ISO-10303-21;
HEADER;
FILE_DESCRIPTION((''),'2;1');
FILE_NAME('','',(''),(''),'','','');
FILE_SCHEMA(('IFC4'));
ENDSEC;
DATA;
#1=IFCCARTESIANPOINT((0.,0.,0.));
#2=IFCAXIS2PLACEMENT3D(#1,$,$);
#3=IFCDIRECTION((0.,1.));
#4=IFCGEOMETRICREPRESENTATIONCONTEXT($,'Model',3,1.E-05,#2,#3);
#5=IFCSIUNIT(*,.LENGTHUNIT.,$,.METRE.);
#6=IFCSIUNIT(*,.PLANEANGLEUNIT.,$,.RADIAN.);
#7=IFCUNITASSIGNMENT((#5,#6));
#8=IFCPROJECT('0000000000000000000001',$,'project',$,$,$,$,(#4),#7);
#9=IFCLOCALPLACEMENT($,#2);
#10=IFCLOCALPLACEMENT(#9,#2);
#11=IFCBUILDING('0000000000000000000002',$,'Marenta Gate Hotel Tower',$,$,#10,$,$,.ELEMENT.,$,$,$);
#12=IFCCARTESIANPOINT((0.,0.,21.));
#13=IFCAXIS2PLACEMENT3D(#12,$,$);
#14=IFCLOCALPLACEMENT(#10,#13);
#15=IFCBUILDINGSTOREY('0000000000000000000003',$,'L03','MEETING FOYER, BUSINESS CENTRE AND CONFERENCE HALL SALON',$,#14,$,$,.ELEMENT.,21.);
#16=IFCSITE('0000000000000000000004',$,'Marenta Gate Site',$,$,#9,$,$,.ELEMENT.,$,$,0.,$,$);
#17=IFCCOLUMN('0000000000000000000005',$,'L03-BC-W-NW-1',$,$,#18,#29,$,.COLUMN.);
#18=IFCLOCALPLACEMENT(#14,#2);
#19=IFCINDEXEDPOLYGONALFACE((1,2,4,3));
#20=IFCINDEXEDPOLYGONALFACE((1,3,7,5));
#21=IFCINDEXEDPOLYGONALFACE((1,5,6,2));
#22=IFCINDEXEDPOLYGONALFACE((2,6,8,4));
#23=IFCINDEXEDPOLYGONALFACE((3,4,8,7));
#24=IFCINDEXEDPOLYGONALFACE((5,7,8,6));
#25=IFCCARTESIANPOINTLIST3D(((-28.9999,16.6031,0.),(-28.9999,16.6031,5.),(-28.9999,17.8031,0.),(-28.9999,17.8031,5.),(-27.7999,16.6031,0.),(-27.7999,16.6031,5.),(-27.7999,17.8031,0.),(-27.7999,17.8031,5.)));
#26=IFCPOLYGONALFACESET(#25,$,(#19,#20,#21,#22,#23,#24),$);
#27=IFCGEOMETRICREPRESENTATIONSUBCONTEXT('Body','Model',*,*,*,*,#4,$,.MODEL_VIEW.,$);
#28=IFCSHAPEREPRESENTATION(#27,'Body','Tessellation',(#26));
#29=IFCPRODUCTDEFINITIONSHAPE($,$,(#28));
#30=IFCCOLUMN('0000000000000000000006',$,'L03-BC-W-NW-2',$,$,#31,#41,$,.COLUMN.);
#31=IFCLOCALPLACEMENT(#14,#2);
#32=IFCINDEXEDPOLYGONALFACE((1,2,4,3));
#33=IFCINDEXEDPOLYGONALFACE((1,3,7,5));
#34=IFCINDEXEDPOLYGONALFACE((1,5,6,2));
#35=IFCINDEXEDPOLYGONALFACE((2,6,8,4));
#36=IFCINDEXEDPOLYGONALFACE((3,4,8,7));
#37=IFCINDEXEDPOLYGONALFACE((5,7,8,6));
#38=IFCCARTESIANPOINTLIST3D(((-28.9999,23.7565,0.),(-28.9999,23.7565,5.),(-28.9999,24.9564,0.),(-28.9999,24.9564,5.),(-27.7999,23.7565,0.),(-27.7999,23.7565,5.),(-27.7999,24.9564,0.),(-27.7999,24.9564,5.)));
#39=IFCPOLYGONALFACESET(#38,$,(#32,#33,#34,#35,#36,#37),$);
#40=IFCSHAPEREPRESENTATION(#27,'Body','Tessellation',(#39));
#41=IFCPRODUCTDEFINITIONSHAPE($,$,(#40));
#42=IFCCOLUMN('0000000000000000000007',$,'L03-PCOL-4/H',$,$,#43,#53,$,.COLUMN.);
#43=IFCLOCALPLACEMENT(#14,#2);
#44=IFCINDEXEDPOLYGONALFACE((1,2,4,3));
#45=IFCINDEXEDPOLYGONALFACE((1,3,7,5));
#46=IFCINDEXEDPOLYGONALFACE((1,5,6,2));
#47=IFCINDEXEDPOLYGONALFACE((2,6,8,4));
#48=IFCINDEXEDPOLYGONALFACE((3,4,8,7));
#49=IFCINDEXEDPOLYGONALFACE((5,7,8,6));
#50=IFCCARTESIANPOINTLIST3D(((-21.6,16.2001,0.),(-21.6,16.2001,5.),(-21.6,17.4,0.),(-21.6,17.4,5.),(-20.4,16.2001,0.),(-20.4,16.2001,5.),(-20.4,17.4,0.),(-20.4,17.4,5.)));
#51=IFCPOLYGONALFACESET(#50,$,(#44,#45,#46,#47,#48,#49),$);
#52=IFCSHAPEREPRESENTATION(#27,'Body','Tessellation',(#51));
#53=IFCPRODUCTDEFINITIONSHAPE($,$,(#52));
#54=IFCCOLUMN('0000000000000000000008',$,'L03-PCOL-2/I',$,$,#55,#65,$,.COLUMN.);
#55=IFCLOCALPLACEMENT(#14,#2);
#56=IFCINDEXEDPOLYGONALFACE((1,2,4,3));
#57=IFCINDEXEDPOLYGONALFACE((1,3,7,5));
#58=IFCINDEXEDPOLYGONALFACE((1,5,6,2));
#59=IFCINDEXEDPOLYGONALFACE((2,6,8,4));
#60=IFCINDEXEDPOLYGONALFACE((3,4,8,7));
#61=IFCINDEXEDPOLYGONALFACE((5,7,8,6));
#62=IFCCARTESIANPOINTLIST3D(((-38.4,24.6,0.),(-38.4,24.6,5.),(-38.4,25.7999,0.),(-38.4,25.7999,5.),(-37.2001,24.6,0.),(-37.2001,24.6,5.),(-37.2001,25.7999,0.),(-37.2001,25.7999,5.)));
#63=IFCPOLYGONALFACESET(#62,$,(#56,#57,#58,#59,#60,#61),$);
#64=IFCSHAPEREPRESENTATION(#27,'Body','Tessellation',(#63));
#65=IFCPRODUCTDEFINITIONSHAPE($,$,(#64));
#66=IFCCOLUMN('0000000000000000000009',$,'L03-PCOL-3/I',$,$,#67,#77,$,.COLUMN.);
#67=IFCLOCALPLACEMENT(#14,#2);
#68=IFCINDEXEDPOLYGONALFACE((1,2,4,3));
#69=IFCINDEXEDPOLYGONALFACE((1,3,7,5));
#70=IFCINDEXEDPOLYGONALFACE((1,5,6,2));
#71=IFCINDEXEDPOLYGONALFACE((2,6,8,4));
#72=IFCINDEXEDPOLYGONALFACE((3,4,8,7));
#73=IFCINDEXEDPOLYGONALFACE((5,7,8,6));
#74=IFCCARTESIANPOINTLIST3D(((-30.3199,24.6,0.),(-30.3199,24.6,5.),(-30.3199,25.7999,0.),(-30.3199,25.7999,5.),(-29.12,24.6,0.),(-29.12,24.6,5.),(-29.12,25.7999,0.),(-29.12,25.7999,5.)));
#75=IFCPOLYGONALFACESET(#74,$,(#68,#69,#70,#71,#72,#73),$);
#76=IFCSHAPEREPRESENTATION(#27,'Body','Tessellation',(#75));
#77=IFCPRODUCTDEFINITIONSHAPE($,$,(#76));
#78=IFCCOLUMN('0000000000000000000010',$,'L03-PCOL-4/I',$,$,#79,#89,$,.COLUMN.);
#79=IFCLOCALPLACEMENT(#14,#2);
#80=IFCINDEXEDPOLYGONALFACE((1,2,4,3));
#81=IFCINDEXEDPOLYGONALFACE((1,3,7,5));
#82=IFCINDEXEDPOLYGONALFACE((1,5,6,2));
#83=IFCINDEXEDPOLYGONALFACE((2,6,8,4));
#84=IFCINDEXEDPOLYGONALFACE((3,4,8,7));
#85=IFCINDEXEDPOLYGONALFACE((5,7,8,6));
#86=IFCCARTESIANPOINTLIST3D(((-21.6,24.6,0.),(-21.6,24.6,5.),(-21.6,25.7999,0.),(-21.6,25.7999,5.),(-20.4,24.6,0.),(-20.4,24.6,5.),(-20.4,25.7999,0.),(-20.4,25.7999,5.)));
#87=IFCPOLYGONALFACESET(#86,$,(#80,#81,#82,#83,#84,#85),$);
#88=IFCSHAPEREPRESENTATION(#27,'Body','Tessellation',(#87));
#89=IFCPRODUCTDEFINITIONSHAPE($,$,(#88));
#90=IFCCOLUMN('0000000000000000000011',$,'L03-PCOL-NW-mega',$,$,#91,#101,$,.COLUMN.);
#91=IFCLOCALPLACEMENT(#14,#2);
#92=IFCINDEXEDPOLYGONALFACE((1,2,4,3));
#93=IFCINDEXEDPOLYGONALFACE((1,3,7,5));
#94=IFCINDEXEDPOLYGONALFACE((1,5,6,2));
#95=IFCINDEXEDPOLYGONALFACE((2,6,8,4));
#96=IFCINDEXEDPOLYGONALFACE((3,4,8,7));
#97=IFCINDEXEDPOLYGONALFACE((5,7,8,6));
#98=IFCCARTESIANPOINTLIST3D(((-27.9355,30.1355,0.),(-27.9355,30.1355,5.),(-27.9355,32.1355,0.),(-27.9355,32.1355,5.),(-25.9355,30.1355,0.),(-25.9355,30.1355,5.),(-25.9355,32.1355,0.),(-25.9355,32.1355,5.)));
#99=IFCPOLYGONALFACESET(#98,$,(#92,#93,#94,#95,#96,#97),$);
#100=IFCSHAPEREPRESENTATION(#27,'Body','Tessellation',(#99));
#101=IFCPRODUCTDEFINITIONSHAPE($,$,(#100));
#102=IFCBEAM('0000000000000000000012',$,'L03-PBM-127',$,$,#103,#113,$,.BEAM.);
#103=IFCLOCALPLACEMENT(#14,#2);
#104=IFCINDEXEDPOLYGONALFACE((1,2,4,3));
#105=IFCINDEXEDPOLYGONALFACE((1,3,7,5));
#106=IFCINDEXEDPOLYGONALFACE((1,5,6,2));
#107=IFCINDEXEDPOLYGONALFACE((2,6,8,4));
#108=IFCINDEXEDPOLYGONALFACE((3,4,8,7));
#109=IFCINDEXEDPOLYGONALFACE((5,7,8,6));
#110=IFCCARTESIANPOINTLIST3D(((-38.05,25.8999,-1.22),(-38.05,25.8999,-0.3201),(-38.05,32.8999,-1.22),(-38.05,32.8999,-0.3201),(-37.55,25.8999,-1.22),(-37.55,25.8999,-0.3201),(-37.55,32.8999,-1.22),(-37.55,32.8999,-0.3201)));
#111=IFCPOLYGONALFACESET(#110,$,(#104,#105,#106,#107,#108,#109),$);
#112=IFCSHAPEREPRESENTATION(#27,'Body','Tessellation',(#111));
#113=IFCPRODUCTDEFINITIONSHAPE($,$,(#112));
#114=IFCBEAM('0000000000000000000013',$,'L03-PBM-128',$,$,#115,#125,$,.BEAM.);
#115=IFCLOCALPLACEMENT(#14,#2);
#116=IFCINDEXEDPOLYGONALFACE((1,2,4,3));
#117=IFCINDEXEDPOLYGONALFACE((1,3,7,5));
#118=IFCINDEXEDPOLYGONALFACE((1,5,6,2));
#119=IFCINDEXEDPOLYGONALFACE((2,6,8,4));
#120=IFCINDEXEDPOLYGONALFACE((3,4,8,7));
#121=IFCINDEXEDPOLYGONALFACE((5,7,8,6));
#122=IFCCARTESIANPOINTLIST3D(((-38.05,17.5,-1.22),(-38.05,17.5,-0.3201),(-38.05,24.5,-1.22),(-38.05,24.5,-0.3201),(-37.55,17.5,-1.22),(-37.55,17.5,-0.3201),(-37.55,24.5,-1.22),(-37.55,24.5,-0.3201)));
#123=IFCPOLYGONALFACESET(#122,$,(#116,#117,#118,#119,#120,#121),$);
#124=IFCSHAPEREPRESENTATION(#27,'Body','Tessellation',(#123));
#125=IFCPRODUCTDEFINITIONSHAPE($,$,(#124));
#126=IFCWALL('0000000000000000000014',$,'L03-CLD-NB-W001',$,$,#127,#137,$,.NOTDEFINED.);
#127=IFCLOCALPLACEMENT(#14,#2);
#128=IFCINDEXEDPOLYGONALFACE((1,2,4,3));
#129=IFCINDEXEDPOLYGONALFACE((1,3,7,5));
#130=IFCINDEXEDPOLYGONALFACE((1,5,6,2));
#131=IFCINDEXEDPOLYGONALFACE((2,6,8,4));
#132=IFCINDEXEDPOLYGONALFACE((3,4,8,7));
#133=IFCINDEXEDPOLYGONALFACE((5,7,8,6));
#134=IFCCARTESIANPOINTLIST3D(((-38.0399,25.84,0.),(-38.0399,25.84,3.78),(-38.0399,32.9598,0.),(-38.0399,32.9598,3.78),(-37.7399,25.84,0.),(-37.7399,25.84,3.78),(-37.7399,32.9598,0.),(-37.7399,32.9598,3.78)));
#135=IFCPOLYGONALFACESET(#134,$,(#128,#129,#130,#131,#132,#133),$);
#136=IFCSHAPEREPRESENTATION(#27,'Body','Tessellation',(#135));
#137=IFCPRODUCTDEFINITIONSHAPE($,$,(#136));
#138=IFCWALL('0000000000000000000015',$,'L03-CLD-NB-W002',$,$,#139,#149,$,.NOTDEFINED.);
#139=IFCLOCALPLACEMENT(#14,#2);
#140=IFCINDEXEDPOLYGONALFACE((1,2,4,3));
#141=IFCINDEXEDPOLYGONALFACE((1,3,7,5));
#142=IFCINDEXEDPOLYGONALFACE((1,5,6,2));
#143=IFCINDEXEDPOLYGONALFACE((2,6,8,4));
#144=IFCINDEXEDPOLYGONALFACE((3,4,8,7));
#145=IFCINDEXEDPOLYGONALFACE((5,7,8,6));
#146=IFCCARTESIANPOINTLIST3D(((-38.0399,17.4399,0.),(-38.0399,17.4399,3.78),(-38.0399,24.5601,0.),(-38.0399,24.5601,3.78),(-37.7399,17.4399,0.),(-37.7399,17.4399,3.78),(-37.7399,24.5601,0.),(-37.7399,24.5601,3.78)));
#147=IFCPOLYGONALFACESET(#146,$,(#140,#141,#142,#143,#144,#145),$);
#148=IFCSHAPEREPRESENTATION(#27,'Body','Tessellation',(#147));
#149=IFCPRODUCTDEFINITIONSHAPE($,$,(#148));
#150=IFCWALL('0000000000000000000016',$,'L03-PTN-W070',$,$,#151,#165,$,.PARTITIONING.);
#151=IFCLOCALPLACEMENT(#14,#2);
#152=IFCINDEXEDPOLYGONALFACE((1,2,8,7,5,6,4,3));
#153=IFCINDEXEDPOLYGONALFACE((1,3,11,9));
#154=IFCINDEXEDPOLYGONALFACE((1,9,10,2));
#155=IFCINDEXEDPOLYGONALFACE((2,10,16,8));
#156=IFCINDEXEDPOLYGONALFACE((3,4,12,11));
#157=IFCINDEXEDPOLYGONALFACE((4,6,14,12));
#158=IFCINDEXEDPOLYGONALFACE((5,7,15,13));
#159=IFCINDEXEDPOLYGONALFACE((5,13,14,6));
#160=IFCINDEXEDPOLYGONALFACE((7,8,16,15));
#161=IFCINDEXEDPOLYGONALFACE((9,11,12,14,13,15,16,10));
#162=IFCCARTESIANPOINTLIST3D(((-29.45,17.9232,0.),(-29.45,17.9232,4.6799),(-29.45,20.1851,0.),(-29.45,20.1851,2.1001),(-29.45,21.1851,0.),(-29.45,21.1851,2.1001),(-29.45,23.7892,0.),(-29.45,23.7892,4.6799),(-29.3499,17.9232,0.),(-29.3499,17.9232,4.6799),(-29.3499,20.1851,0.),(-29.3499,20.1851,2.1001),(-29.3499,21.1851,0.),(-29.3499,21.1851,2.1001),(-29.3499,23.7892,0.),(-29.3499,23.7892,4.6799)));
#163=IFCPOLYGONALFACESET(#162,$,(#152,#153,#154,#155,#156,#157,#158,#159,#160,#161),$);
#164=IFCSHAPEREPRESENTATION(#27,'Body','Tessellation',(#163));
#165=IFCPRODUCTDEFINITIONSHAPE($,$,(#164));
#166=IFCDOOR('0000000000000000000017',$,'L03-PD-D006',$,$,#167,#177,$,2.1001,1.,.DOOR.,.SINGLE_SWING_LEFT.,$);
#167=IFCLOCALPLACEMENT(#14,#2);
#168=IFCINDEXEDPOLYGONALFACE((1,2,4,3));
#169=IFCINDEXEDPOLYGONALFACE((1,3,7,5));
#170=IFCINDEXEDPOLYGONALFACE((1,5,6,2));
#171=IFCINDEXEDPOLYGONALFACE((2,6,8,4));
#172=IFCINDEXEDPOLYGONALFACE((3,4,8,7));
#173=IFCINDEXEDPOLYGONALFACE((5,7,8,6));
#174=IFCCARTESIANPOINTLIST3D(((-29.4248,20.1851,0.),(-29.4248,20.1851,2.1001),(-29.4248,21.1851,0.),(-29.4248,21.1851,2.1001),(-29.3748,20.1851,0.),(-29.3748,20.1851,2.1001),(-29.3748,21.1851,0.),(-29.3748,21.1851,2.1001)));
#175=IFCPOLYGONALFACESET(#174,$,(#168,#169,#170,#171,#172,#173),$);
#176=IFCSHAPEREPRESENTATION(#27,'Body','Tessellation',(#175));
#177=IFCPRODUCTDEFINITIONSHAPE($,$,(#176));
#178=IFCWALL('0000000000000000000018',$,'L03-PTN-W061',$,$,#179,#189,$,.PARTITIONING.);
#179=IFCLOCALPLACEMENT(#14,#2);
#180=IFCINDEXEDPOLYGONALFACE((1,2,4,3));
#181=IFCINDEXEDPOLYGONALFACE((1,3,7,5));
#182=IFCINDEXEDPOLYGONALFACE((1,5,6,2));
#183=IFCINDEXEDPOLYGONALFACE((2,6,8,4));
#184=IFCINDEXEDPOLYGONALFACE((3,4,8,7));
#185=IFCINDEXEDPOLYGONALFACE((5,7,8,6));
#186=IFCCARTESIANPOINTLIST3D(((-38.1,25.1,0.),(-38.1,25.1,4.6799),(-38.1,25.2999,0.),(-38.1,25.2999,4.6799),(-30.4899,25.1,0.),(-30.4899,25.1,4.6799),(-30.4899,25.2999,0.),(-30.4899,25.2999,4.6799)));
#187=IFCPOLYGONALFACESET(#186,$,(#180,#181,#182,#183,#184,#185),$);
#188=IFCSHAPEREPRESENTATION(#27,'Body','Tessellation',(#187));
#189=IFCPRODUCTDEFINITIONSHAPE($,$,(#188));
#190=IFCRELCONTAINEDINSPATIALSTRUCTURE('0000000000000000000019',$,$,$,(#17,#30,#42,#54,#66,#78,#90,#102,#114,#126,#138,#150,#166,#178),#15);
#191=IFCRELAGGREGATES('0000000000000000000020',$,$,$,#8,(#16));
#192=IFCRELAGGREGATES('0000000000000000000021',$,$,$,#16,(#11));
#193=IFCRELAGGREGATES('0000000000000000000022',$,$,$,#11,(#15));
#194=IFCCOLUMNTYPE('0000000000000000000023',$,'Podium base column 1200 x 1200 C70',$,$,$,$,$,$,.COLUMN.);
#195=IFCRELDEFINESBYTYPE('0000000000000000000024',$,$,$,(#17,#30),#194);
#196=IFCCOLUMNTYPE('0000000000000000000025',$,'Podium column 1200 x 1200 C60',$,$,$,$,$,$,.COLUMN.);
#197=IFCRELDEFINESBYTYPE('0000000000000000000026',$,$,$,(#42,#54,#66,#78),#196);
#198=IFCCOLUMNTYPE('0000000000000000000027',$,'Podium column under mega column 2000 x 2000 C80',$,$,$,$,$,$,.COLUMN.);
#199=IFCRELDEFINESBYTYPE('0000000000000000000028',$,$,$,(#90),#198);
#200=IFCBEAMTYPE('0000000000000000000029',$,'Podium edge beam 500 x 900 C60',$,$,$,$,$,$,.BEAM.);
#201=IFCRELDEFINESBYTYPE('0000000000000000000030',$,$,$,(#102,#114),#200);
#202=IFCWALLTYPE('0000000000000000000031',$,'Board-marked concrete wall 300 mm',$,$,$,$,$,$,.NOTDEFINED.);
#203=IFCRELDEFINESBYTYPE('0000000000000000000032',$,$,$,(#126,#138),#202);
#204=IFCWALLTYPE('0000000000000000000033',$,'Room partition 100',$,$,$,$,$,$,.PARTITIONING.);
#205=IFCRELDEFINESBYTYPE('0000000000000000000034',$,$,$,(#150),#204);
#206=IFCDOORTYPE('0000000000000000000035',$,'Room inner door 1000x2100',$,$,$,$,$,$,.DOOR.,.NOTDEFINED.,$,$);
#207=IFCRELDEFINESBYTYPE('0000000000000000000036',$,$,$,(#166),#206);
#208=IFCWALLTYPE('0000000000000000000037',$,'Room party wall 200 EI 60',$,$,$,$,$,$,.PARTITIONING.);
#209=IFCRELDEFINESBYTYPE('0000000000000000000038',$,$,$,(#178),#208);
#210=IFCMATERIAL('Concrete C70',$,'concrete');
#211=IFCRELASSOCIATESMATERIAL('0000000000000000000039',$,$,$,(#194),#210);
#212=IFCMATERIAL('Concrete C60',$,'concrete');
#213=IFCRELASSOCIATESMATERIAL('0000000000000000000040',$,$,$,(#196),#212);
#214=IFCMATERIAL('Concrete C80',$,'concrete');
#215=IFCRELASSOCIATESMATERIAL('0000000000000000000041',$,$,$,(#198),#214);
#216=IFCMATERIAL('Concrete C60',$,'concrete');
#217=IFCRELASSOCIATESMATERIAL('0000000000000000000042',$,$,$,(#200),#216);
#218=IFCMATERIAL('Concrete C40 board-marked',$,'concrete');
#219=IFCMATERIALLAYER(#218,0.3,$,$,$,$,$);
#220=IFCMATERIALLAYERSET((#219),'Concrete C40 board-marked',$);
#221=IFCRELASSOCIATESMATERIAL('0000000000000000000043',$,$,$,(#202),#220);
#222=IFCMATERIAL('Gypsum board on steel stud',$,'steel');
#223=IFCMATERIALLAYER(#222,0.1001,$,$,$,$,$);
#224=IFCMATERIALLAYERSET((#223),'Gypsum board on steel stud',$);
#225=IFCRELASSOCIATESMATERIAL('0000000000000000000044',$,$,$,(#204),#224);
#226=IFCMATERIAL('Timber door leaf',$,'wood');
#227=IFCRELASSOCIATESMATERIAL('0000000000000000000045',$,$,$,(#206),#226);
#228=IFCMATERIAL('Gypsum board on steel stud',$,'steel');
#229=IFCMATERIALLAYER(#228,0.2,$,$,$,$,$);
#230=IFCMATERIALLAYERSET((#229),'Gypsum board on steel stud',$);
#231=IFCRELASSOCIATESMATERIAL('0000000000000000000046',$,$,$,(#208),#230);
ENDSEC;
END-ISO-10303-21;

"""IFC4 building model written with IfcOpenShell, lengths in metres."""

from ifc_helpers import new_model, si_unit, direction, frame, frame_2d, origin, origin_2d, place, context, subcontext, project, spatial, rectangle, extrude, material, layer, layer_set, material_profile, profile_set, type_object, element, fill, save


model = new_model("IFC4")

# Units and contexts
model_context = context("Model", 3, precision=1e-05, world=origin(), true_north=direction((0.0, 1.0)))
body_context = subcontext(model_context, "Body", "Model", "MODEL_VIEW")
ifc_project = project(units=[si_unit("LENGTHUNIT", "METRE"), si_unit("PLANEANGLEUNIT", "RADIAN")], contexts=[model_context])

# Site, building, storey
site_placement = place(None, origin())
site = spatial("IfcSite", under=ifc_project, at=site_placement, Name="Marenta Gate Site", CompositionType="ELEMENT", RefElevation=0.0)
building_placement = place(site_placement, origin())
building = spatial("IfcBuilding", under=site, at=building_placement, Name="Marenta Gate Hotel Tower", CompositionType="ELEMENT")
storey_placement = place(building_placement, frame((0.0, 0.0, 21.0)))
storey = spatial("IfcBuildingStorey", under=building, at=storey_placement, Name="L03", Description="MEETING FOYER, BUSINESS CENTRE AND CONFERENCE HALL SALON", CompositionType="ELEMENT", Elevation=21.0)

# Columns
ifc_material_1 = material(Name="Concrete C70", Category="concrete")
ifc_material_profile_1 = material_profile(ifc_material_1, rectangle(XDim=1.2, YDim=1.2, at=origin_2d()), Name="1200 x 1200")
ifc_profile_set_1 = profile_set([ifc_material_profile_1], Name="Concrete C70")
column_type_1 = type_object("IfcColumnType", Name="Podium base column 1200 x 1200 C70", PredefinedType="COLUMN", material=ifc_profile_set_1)
for number, where, z_axis, x_axis, name in (
    (1, (-28.3999, 17.2031, 0.0), (0.0, 0.0, 1.0), (1.0, 0.0, 0.0), "L03-BC-W-NW-1"),
    (2, (-28.3999, 24.3564, 0.0), (0.0, 0.0, 1.0), (1.0, 0.0, 0.0), "L03-BC-W-NW-2"),
):
    element("IfcColumn", number, at=place(storey_placement, frame(where, z_axis=z_axis, x_axis=x_axis)), inside=storey, type_object=column_type_1, Name=name, PredefinedType="COLUMN", context=body_context, shape_type="SweptSolid", body=[
        extrude(rectangle(XDim=1.2, YDim=1.2, at=origin_2d()), origin(), (0.0, 0.0, 1.0), 5.0),
    ])
ifc_material_2 = material(Name="Concrete C60", Category="concrete")
ifc_material_profile_2 = material_profile(ifc_material_2, rectangle(XDim=1.2, YDim=1.2, at=origin_2d()), Name="1200 x 1200")
ifc_profile_set_2 = profile_set([ifc_material_profile_2], Name="Concrete C60")
column_type_2 = type_object("IfcColumnType", Name="Podium column 1200 x 1200 C60", PredefinedType="COLUMN", material=ifc_profile_set_2)
for number, where, z_axis, x_axis, name in (
    (3, (-21.0, 16.8, 0.0), (0.0, 0.0, 1.0), (1.0, 0.0, 0.0), "L03-PCOL-4/H"),
    (4, (-37.8, 25.2, 0.0), (0.0, 0.0, 1.0), (1.0, 0.0, 0.0), "L03-PCOL-2/I"),
    (5, (-29.72, 25.2, 0.0), (0.0, 0.0, 1.0), (1.0, 0.0, 0.0), "L03-PCOL-3/I"),
    (6, (-21.0, 25.2, 0.0), (0.0, 0.0, 1.0), (1.0, 0.0, 0.0), "L03-PCOL-4/I"),
):
    element("IfcColumn", number, at=place(storey_placement, frame(where, z_axis=z_axis, x_axis=x_axis)), inside=storey, type_object=column_type_2, Name=name, PredefinedType="COLUMN", context=body_context, shape_type="SweptSolid", body=[
        extrude(rectangle(XDim=1.2, YDim=1.2, at=origin_2d()), origin(), (0.0, 0.0, 1.0), 5.0),
    ])
ifc_material_3 = material(Name="Concrete C80", Category="concrete")
ifc_material_profile_3 = material_profile(ifc_material_3, rectangle(XDim=2.0, YDim=2.0, at=origin_2d()), Name="2000 x 2000")
ifc_profile_set_3 = profile_set([ifc_material_profile_3], Name="Concrete C80")
column_type_3 = type_object("IfcColumnType", Name="Podium column under mega column 2000 x 2000 C80", PredefinedType="COLUMN", material=ifc_profile_set_3)
column_placement = place(storey_placement, frame((-26.9355, 31.1355, 0.0), z_axis=(0.0, 0.0, 1.0), x_axis=(1.0, 0.0, 0.0)))
element("IfcColumn", 7, at=column_placement, inside=storey, type_object=column_type_3, Name="L03-PCOL-NW-mega", PredefinedType="COLUMN", context=body_context, shape_type="SweptSolid", body=[
    extrude(rectangle(XDim=2.0, YDim=2.0, at=origin_2d()), origin(), (0.0, 0.0, 1.0), 5.0),
])

# Beams
ifc_material_4 = material(Name="Concrete C60", Category="concrete")
ifc_material_profile_4 = material_profile(ifc_material_4, rectangle(XDim=0.5, YDim=0.8999, at=origin_2d()), Name="500 x 900")
ifc_profile_set_4 = profile_set([ifc_material_profile_4], Name="Concrete C60")
beam_type = type_object("IfcBeamType", Name="Podium edge beam 500 x 900 C60", PredefinedType="BEAM", material=ifc_profile_set_4)
for number, where, z_axis, x_axis, name in (
    (8, (-37.8, 32.8999, -0.77), (0.0, -1.0, 0.0), (1.0, 0.0, 0.0), "L03-PBM-127"),
    (9, (-37.8, 24.5, -0.77), (0.0, -1.0, 0.0), (1.0, 0.0, 0.0), "L03-PBM-128"),
):
    element("IfcBeam", number, at=place(storey_placement, frame(where, z_axis=z_axis, x_axis=x_axis)), inside=storey, type_object=beam_type, Name=name, PredefinedType="BEAM", context=body_context, shape_type="SweptSolid", body=[
        extrude(rectangle(XDim=0.5, YDim=0.8999, at=origin_2d()), origin(), (0.0, 0.0, 1.0), 7.0),
    ])

# Walls
ifc_material_5 = material(Name="Concrete C40 board-marked", Category="concrete")
ifc_layer_1 = layer(ifc_material_5, 0.3)
ifc_layer_set_1 = layer_set([ifc_layer_1], Name="Concrete C40 board-marked")
wall_type_1 = type_object("IfcWallType", Name="Board-marked concrete wall 300 mm", PredefinedType="NOTDEFINED", material=ifc_layer_set_1)
wall_1_placement = place(storey_placement, frame((-37.8899, 32.96, 0.0), z_axis=(0.0, 0.0, 1.0), x_axis=(0.0, -1.0, 0.0)))
element("IfcWall", 10, at=wall_1_placement, inside=storey, type_object=wall_type_1, Name="L03-CLD-NB-W001", PredefinedType="NOTDEFINED", context=body_context, shape_type="SweptSolid", body=[
    extrude(rectangle(XDim=7.1199, YDim=0.3, at=frame_2d((3.5601, 0.0))), origin(), (0.0, 0.0, 1.0), 3.78),
])
wall_2_placement = place(storey_placement, frame((-37.8899, 24.5601, 0.0), z_axis=(0.0, 0.0, 1.0), x_axis=(0.0, -1.0, 0.0)))
element("IfcWall", 11, at=wall_2_placement, inside=storey, type_object=wall_type_1, Name="L03-CLD-NB-W002", PredefinedType="NOTDEFINED", context=body_context, shape_type="SweptSolid", body=[
    extrude(rectangle(XDim=7.1201, YDim=0.3, at=frame_2d((3.5601, 0.0))), origin(), (0.0, 0.0, 1.0), 3.78),
])

# Wall, opening, door
ifc_material_6 = material(Name="Gypsum board on steel stud", Category="steel")
ifc_layer_2 = layer(ifc_material_6, 0.1001)
ifc_layer_set_2 = layer_set([ifc_layer_2], Name="Gypsum board on steel stud")
wall_type_2 = type_object("IfcWallType", Name="Room partition 100", PredefinedType="PARTITIONING", material=ifc_layer_set_2)
wall_3_placement = place(storey_placement, frame((-29.3999, 17.9231, 0.0), z_axis=(0.0, 0.0, 1.0), x_axis=(0.0, 1.0, 0.0)))
wall_3 = element("IfcWall", 12, at=wall_3_placement, inside=storey, type_object=wall_type_2, Name="L03-PTN-W070", PredefinedType="PARTITIONING", context=body_context, shape_type="SweptSolid", body=[
    extrude(rectangle(XDim=5.866, YDim=0.1001, at=frame_2d((2.9331, 0.0))), origin(), (0.0, 0.0, 1.0), 4.6799),
])
opening_1_placement = place(wall_3_placement, frame((2.262, 0.0, 0.0)))
opening_1 = element("IfcOpeningElement", 13, at=opening_1_placement, cuts=wall_3, PredefinedType="OPENING", context=body_context, shape_type="SweptSolid", body=[
    extrude(rectangle(XDim=1.0, YDim=2.1001, at=frame_2d((0.5, 1.05))), frame((0.0, 0.05, 0.0), z_axis=(0.0, -1.0, 0.0), x_axis=(1.0, 0.0, 0.0)), (0.0, 0.0, 1.0), 0.1001),
])
ifc_material_7 = material(Name="Timber door leaf", Category="wood")
door_type_1 = type_object("IfcDoorType", Name="Room inner door 1000x2100", OperationType="NOTDEFINED", PredefinedType="DOOR", material=ifc_material_7)
door_1_placement = place(opening_1_placement, origin())
door_1 = element("IfcDoor", 14, at=door_1_placement, inside=storey, type_object=door_type_1, Name="L03-PD-D006", OperationType="SINGLE_SWING_LEFT", OverallHeight=2.1001, OverallWidth=1.0, PredefinedType="DOOR", context=body_context, shape_type="SweptSolid", body=[
    extrude(rectangle(XDim=1.0, YDim=2.1001, at=frame_2d((0.5, 1.05))), frame((0.0, 0.0249, 0.0), z_axis=(0.0, -1.0, 0.0), x_axis=(1.0, 0.0, 0.0)), (0.0, 0.0, 1.0), 0.05),
])
fill(opening_1, door_1)

# Wall
ifc_material_8 = material(Name="Gypsum board on steel stud", Category="steel")
ifc_layer_3 = layer(ifc_material_8, 0.2)
ifc_layer_set_3 = layer_set([ifc_layer_3], Name="Gypsum board on steel stud")
wall_type_3 = type_object("IfcWallType", Name="Room party wall 200 EI 60", PredefinedType="PARTITIONING", material=ifc_layer_set_3)
wall_4_placement = place(storey_placement, frame((-38.1001, 25.2, 0.0), z_axis=(0.0, 0.0, 1.0), x_axis=(1.0, 0.0, 0.0)))
element("IfcWall", 15, at=wall_4_placement, inside=storey, type_object=wall_type_3, Name="L03-PTN-W061", PredefinedType="PARTITIONING", context=body_context, shape_type="SweptSolid", body=[
    extrude(rectangle(XDim=7.6101, YDim=0.2, at=frame_2d((3.8052, 0.0))), origin(), (0.0, 0.0, 1.0), 4.6799),
])

save(model, "model.ifc")
